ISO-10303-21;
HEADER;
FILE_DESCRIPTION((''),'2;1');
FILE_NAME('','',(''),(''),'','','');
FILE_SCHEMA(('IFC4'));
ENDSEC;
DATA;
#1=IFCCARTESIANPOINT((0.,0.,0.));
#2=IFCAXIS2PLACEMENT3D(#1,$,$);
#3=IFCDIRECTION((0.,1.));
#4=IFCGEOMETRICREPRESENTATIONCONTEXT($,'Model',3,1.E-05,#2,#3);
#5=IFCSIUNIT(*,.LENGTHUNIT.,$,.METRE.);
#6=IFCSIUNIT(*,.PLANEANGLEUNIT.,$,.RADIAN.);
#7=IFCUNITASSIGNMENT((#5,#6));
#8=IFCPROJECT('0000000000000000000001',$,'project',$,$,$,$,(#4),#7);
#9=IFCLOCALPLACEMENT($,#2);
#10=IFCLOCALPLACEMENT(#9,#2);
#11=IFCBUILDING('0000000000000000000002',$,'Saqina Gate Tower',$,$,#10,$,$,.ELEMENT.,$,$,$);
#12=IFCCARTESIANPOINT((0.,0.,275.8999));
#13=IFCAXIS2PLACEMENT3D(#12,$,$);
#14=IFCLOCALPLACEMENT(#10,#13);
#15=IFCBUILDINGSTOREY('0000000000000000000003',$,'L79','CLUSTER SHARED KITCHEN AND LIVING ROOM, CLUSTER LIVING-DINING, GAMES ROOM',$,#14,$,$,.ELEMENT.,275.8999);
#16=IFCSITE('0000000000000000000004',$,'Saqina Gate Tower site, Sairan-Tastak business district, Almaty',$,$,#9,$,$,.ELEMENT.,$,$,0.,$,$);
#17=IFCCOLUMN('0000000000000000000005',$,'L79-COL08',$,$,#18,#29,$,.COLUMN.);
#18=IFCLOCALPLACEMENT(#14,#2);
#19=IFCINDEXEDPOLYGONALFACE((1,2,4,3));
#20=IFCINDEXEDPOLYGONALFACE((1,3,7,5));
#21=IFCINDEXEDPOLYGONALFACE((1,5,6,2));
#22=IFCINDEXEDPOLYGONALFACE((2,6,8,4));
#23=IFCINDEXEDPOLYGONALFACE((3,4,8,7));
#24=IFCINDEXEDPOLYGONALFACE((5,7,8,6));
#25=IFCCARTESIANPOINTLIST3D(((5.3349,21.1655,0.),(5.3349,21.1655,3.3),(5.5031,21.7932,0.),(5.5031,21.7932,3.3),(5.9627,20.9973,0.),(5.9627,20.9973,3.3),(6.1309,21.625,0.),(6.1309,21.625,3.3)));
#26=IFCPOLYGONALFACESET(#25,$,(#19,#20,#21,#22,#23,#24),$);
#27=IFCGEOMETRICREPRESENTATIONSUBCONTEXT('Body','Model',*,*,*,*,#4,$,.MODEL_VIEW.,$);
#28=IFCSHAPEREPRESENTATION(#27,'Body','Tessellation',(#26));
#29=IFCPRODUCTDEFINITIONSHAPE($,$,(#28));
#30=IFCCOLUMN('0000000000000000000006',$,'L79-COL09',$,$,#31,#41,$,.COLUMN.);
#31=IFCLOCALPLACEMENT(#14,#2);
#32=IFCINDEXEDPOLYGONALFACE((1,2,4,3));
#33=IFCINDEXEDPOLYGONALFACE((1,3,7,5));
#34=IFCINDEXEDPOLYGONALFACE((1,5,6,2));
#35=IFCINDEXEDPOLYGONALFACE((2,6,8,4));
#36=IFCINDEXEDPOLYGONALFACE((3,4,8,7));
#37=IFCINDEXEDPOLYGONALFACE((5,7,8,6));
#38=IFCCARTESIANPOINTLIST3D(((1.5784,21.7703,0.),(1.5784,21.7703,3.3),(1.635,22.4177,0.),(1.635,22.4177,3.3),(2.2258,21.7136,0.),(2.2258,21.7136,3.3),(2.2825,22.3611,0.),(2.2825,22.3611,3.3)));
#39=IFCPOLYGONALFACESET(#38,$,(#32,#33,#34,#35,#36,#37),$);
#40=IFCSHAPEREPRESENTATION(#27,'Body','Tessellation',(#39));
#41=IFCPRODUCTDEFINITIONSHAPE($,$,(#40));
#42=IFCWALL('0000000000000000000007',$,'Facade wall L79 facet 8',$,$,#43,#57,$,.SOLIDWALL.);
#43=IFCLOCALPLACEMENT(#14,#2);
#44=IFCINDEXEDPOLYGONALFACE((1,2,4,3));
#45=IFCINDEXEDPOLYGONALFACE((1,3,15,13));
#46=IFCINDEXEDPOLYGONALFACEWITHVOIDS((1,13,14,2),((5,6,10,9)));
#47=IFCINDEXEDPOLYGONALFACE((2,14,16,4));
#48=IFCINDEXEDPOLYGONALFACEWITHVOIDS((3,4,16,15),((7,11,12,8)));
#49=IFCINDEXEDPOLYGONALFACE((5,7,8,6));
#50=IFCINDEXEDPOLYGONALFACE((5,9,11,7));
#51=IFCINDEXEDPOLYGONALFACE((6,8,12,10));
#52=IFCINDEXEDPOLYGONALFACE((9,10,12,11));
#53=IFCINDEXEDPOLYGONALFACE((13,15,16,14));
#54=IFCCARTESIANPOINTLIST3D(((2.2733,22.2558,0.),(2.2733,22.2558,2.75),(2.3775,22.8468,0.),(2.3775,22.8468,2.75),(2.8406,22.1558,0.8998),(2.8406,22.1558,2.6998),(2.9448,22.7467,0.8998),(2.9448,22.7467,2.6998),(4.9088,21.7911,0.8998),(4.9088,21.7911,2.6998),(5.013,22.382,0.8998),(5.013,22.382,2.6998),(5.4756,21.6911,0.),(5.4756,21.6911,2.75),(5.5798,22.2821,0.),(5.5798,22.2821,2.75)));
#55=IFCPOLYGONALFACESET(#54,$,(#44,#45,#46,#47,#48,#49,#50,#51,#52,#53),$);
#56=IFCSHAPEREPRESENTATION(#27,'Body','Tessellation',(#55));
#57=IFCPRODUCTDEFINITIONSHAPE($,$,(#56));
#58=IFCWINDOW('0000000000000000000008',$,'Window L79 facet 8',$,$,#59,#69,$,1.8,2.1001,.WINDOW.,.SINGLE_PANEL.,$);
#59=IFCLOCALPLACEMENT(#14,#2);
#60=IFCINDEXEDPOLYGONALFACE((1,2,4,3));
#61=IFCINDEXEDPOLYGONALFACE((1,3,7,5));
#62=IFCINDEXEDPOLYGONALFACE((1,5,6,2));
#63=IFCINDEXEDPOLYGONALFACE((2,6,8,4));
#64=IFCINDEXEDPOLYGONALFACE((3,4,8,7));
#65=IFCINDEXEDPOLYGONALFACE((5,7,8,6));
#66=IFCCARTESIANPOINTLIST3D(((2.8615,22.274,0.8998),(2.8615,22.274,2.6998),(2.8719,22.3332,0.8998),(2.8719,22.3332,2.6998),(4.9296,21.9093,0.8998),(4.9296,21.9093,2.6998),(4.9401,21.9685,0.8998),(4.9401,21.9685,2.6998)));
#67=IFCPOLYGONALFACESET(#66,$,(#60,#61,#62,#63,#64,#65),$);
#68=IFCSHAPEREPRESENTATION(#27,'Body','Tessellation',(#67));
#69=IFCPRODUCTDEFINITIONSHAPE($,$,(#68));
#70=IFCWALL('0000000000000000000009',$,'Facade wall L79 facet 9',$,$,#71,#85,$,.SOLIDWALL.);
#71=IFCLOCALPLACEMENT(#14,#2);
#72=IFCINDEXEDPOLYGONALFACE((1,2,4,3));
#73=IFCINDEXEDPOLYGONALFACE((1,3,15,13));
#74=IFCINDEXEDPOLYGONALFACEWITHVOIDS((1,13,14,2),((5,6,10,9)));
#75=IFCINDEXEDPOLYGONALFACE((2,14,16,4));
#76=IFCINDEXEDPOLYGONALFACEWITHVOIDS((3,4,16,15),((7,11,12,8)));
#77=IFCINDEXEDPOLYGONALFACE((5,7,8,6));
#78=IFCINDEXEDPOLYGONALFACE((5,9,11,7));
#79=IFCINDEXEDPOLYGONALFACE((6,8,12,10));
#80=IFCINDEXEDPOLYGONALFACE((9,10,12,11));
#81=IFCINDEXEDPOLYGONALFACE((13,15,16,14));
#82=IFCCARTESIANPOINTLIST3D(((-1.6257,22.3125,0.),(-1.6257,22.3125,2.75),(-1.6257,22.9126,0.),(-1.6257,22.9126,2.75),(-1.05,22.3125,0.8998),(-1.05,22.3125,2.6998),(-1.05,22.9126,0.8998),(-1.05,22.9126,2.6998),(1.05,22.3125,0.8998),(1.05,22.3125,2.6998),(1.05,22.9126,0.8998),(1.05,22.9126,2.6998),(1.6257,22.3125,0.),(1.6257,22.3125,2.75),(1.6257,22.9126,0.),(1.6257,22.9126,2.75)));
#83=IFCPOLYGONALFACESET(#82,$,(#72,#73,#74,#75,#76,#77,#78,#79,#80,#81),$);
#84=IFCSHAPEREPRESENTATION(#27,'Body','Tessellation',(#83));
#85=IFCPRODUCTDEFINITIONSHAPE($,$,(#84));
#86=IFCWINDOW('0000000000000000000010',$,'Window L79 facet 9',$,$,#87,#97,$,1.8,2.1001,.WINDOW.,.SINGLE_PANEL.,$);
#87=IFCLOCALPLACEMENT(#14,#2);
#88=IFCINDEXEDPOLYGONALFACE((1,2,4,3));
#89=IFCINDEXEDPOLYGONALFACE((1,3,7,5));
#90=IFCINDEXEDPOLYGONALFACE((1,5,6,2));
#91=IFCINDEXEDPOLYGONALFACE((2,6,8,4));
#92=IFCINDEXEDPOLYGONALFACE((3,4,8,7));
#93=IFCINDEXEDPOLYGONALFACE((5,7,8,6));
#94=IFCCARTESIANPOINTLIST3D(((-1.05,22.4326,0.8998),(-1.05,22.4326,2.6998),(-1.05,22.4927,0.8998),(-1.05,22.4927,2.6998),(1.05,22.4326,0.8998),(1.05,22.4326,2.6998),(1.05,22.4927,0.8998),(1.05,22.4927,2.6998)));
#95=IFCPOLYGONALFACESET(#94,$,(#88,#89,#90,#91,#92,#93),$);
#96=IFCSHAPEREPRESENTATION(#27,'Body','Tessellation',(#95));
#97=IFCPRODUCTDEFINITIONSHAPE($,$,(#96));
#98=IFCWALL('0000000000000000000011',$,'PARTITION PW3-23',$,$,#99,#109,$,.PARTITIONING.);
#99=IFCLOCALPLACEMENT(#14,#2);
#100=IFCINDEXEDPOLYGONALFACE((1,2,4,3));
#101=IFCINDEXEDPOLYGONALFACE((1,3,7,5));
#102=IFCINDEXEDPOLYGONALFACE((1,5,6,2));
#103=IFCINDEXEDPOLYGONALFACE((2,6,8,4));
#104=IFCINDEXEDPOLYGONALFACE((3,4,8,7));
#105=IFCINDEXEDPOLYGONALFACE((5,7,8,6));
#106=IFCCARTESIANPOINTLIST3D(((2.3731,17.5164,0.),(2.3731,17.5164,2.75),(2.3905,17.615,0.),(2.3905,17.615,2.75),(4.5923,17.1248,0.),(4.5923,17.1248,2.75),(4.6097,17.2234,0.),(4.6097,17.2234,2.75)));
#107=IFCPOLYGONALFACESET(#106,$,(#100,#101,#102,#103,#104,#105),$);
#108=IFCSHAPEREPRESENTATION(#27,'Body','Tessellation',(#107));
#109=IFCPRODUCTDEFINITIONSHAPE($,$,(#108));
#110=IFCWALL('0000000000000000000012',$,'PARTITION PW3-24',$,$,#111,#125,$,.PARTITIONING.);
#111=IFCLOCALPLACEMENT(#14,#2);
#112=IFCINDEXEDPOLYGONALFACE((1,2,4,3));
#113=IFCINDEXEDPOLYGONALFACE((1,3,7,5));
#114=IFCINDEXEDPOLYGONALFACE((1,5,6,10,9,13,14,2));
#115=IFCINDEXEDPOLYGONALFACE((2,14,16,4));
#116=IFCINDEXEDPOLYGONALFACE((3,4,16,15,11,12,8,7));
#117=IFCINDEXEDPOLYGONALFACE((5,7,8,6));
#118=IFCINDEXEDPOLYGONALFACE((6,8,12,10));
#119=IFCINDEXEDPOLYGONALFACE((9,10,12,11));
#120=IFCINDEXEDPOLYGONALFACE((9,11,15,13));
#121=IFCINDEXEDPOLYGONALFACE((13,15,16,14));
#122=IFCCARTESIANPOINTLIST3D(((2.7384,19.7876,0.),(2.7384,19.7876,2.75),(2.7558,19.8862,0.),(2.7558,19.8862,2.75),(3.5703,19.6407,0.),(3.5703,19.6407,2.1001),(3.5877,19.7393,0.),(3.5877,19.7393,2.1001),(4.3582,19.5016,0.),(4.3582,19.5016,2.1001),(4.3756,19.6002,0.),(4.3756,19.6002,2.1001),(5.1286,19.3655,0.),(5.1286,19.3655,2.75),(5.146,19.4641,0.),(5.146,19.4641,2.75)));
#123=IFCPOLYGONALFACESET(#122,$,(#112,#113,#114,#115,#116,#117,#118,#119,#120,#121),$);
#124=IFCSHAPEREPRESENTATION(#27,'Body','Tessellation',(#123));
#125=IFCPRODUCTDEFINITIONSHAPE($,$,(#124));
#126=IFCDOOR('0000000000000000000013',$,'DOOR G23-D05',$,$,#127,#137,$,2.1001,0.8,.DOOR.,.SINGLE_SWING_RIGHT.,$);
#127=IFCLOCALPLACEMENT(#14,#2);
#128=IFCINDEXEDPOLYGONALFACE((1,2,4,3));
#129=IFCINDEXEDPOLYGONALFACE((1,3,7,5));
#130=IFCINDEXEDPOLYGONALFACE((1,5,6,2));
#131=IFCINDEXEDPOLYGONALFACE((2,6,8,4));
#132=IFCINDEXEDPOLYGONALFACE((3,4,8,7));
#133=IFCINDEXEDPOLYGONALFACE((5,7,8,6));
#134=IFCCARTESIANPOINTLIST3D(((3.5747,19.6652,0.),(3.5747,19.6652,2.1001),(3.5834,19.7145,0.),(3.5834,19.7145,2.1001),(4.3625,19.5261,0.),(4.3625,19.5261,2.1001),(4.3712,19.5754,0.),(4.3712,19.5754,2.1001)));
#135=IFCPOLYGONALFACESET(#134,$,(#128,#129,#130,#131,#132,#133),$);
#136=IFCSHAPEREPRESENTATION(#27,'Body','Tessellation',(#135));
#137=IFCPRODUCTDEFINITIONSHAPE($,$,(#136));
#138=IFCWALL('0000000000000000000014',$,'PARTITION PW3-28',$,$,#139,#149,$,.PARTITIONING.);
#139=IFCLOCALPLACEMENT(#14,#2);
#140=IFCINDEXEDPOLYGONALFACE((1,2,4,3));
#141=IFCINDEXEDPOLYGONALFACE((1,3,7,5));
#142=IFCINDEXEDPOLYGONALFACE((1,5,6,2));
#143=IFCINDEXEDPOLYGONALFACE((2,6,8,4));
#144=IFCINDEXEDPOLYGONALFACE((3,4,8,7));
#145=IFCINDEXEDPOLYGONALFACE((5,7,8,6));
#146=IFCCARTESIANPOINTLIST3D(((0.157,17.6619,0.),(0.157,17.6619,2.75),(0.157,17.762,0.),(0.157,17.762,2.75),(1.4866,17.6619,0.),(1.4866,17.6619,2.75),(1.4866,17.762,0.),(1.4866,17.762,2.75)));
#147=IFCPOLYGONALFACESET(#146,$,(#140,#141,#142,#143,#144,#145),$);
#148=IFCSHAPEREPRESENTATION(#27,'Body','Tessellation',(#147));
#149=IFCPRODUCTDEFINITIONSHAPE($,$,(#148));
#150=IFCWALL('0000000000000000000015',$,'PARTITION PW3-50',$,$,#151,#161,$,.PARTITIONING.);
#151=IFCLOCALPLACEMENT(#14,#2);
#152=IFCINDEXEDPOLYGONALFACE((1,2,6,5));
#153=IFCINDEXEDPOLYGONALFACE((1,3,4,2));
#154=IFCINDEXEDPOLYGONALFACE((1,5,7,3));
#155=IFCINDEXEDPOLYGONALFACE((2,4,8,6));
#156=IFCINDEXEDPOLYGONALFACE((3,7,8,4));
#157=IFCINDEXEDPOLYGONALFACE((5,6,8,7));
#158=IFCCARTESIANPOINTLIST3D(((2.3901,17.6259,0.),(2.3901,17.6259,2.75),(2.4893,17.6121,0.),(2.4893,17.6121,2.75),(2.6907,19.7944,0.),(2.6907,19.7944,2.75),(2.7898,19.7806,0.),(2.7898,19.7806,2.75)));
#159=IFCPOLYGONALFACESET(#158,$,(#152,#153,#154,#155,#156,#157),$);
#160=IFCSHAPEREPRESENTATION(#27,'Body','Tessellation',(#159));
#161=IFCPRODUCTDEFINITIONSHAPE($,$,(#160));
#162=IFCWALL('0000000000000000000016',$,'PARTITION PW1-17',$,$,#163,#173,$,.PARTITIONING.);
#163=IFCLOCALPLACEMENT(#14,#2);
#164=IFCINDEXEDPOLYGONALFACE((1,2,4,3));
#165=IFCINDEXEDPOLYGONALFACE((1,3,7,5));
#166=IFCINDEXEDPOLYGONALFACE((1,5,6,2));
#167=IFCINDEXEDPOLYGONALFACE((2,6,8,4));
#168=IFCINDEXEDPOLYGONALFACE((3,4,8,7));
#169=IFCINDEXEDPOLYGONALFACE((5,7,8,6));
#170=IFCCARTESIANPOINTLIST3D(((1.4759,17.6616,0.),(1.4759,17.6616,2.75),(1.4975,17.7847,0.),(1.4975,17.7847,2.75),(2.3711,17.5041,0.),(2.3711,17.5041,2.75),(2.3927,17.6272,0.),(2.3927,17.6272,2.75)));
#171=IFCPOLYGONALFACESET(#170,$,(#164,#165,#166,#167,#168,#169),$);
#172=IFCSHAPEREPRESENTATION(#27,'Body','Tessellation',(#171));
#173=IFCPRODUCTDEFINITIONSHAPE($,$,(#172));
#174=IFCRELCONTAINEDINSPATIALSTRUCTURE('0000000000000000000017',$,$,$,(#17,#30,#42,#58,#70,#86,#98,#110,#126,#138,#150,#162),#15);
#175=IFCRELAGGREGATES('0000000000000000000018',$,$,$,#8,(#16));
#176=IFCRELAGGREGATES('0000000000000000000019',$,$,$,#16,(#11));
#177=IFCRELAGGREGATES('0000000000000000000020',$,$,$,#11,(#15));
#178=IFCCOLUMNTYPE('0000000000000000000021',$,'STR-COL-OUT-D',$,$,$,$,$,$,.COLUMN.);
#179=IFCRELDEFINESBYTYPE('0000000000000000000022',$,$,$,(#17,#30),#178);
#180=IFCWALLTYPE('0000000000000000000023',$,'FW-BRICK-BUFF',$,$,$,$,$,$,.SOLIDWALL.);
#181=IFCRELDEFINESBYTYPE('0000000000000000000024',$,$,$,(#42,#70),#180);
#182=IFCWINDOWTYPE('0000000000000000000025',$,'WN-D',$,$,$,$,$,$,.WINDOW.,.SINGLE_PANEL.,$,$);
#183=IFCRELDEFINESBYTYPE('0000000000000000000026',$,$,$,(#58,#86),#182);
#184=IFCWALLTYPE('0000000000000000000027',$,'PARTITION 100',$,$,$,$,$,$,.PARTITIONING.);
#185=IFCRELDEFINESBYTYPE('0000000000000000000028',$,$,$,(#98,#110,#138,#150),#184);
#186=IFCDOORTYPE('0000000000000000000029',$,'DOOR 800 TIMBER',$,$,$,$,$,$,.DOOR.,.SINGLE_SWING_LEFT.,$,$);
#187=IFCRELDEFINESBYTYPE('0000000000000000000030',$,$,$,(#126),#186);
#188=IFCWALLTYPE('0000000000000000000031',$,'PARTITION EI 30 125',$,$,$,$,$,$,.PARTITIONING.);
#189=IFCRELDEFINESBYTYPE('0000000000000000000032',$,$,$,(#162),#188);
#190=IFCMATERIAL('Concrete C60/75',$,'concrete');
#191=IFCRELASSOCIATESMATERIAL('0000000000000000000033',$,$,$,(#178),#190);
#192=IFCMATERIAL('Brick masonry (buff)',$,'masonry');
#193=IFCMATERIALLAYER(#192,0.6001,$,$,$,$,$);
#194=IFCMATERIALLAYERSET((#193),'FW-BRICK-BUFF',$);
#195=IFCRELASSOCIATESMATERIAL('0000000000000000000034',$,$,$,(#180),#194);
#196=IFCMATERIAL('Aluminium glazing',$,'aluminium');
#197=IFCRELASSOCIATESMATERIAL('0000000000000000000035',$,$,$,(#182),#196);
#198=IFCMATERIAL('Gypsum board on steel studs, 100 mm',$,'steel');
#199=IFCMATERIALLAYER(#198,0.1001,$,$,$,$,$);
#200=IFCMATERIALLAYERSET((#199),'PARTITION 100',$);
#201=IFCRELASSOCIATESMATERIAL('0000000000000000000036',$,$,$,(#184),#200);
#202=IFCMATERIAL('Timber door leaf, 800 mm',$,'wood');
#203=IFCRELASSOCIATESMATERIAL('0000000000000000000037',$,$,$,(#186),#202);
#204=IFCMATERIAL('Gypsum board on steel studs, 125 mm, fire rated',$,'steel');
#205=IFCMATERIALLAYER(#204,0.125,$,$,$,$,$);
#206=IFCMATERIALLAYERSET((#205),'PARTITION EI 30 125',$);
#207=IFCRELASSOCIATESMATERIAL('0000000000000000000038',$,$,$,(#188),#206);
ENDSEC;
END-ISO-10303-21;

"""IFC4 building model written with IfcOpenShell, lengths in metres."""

from ifc_helpers import new_model, si_unit, direction, frame, frame_2d, origin, origin_2d, place, context, subcontext, project, spatial, rectangle, extrude, material, layer, layer_set, material_profile, profile_set, type_object, element, fill, save


model = new_model("IFC4")

# Units and contexts
model_context = context("Model", 3, precision=1e-05, world=origin(), true_north=direction((0.0, 1.0)))
body_context = subcontext(model_context, "Body", "Model", "MODEL_VIEW")
ifc_project = project(units=[si_unit("LENGTHUNIT", "METRE"), si_unit("PLANEANGLEUNIT", "RADIAN")], contexts=[model_context])

# Site, building, storey
site_placement = place(None, origin())
site = spatial("IfcSite", under=ifc_project, at=site_placement, Name="Saqina Gate Tower site, Sairan-Tastak business district, Almaty", CompositionType="ELEMENT", RefElevation=0.0)
building_placement = place(site_placement, origin())
building = spatial("IfcBuilding", under=site, at=building_placement, Name="Saqina Gate Tower", CompositionType="ELEMENT")
storey_placement = place(building_placement, frame((0.0, 0.0, 275.8999)))
storey = spatial("IfcBuildingStorey", under=building, at=storey_placement, Name="L79", Description="CLUSTER SHARED KITCHEN AND LIVING ROOM, CLUSTER LIVING-DINING, GAMES ROOM", CompositionType="ELEMENT", Elevation=275.8999)

# Columns
ifc_material_1 = material(Name="Concrete C60/75", Category="concrete")
ifc_material_profile = material_profile(ifc_material_1, rectangle(XDim=0.6499, YDim=0.6499, at=origin_2d()), Name="RC 650x650")
ifc_profile_set = profile_set([ifc_material_profile], Name="Concrete C60/75")
column_type = type_object("IfcColumnType", Name="STR-COL-OUT-D", PredefinedType="COLUMN", material=ifc_profile_set)
for number, where, z_axis, x_axis, name in (
    (1, (5.7329, 21.3953, 0.0), (0.0, 0.0, 1.0), (0.258819, 0.965926, 0.0), "L79-COL08"),
    (2, (1.9304, 22.0657, 0.0), (0.0, 0.0, 1.0), (0.087156, 0.996195, 0.0), "L79-COL09"),
):
    element("IfcColumn", number, at=place(storey_placement, frame(where, z_axis=z_axis, x_axis=x_axis)), inside=storey, type_object=column_type, Name=name, PredefinedType="COLUMN", context=body_context, shape_type="SweptSolid", body=[
        extrude(rectangle(XDim=0.6499, YDim=0.6499, at=origin_2d()), origin(), (0.0, 0.0, 1.0), 3.3),
    ])

# Walls, openings, windows
ifc_material_2 = material(Name="Brick masonry (buff)", Category="masonry")
ifc_layer_1 = layer(ifc_material_2, 0.6001)
ifc_layer_set_1 = layer_set([ifc_layer_1], Name="FW-BRICK-BUFF")
wall_type_1 = type_object("IfcWallType", Name="FW-BRICK-BUFF", PredefinedType="SOLIDWALL", material=ifc_layer_set_1)
wall_1_placement = place(storey_placement, frame((5.5278, 21.9866, 0.0), z_axis=(0.0, 0.0, 1.0), x_axis=(-0.984806, 0.173657, 0.0)))
wall_1 = element("IfcWall", 3, at=wall_1_placement, inside=storey, type_object=wall_type_1, Name="Facade wall L79 facet 8", PredefinedType="SOLIDWALL", context=body_context, shape_type="SweptSolid", body=[
    extrude(rectangle(XDim=3.2517, YDim=0.6001, at=frame_2d((1.626, 0.0))), origin(), (0.0, 0.0, 1.0), 2.75),
])
opening_1_placement = place(wall_1_placement, frame((0.5757, 0.0, 0.8999)))
opening_1 = element("IfcOpeningElement", 4, at=opening_1_placement, cuts=wall_1, PredefinedType="OPENING", context=body_context, shape_type="SweptSolid", body=[
    extrude(rectangle(XDim=2.1001, YDim=1.8, at=frame_2d((1.05, 0.8999))), frame((0.0, 0.312, 0.0), z_axis=(0.0, -1.0, 0.0), x_axis=(1.0, 0.0, 0.0)), (0.0, 0.0, 1.0), 0.624),
])
ifc_material_3 = material(Name="Aluminium glazing", Category="aluminium")
window_type = type_object("IfcWindowType", Name="WN-D", PartitioningType="SINGLE_PANEL", PredefinedType="WINDOW", material=ifc_material_3)
window_1_placement = place(opening_1_placement, origin())
window_1 = element("IfcWindow", 5, at=window_1_placement, inside=storey, type_object=window_type, Name="Window L79 facet 8", OverallHeight=1.8, OverallWidth=2.1001, PartitioningType="SINGLE_PANEL", PredefinedType="WINDOW", context=body_context, shape_type="SweptSolid", body=[
    extrude(rectangle(XDim=2.1001, YDim=1.8, at=frame_2d((1.05, 0.8999))), frame((0.0, 0.1799, 0.0), z_axis=(0.0, -1.0, 0.0), x_axis=(1.0, 0.0, 0.0)), (0.0, 0.0, 1.0), 0.0601),
])
fill(opening_1, window_1)
wall_2_placement = place(storey_placement, frame((1.6257, 22.6125, 0.0), z_axis=(0.0, 0.0, 1.0), x_axis=(-1.0, 0.0, 0.0)))
wall_2 = element("IfcWall", 6, at=wall_2_placement, inside=storey, type_object=wall_type_1, Name="Facade wall L79 facet 9", PredefinedType="SOLIDWALL", context=body_context, shape_type="SweptSolid", body=[
    extrude(rectangle(XDim=3.2515, YDim=0.6001, at=frame_2d((1.6257, 0.0))), origin(), (0.0, 0.0, 1.0), 2.75),
])
opening_2_placement = place(wall_2_placement, frame((0.5757, 0.0, 0.8999)))
opening_2 = element("IfcOpeningElement", 7, at=opening_2_placement, cuts=wall_2, PredefinedType="OPENING", context=body_context, shape_type="SweptSolid", body=[
    extrude(rectangle(XDim=2.1001, YDim=1.8, at=frame_2d((1.05, 0.8999))), frame((0.0, 0.312, 0.0), z_axis=(0.0, -1.0, 0.0), x_axis=(1.0, 0.0, 0.0)), (0.0, 0.0, 1.0), 0.624),
])
window_2_placement = place(opening_2_placement, origin())
window_2 = element("IfcWindow", 8, at=window_2_placement, inside=storey, type_object=window_type, Name="Window L79 facet 9", OverallHeight=1.8, OverallWidth=2.1001, PartitioningType="SINGLE_PANEL", PredefinedType="WINDOW", context=body_context, shape_type="SweptSolid", body=[
    extrude(rectangle(XDim=2.1001, YDim=1.8, at=frame_2d((1.05, 0.8999))), frame((0.0, 0.1799, 0.0), z_axis=(0.0, -1.0, 0.0), x_axis=(1.0, 0.0, 0.0)), (0.0, 0.0, 1.0), 0.0601),
])
fill(opening_2, window_2)

# Wall
ifc_material_4 = material(Name="Gypsum board on steel studs, 100 mm", Category="steel")
ifc_layer_2 = layer(ifc_material_4, 0.1001)
ifc_layer_set_2 = layer_set([ifc_layer_2], Name="PARTITION 100")
wall_type_2 = type_object("IfcWallType", Name="PARTITION 100", PredefinedType="PARTITIONING", material=ifc_layer_set_2)
wall_3_placement = place(storey_placement, frame((2.3818, 17.5657, 0.0), z_axis=(0.0, 0.0, 1.0), x_axis=(0.984786, -0.173773, 0.0)))
element("IfcWall", 9, at=wall_3_placement, inside=storey, type_object=wall_type_2, Name="PARTITION PW3-23", PredefinedType="PARTITIONING", context=body_context, shape_type="SweptSolid", body=[
    extrude(rectangle(XDim=2.2534, YDim=0.1001, at=frame_2d((1.1267, 0.0))), origin(), (0.0, 0.0, 1.0), 2.75),
])

# Wall, opening, door
wall_4_placement = place(storey_placement, frame((2.7471, 19.8369, 0.0), z_axis=(0.0, 0.0, 1.0), x_axis=(0.984763, -0.1739, 0.0)))
wall_4 = element("IfcWall", 10, at=wall_4_placement, inside=storey, type_object=wall_type_2, Name="PARTITION PW3-24", PredefinedType="PARTITIONING", context=body_context, shape_type="SweptSolid", body=[
    extrude(rectangle(XDim=2.4272, YDim=0.1001, at=frame_2d((1.2136, 0.0))), origin(), (0.0, 0.0, 1.0), 2.75),
])
opening_3_placement = place(wall_4_placement, frame((0.845, 0.0, 0.0)))
opening_3 = element("IfcOpeningElement", 11, at=opening_3_placement, cuts=wall_4, PredefinedType="OPENING", context=body_context, shape_type="SweptSolid", body=[
    extrude(rectangle(XDim=0.8, YDim=2.1001, at=frame_2d((0.3999, 1.05))), frame((0.0, 0.062, 0.0), z_axis=(0.0, -1.0, 0.0), x_axis=(1.0, 0.0, 0.0)), (0.0, 0.0, 1.0), 0.124),
])
ifc_material_5 = material(Name="Timber door leaf, 800 mm", Category="wood")
door_type_1 = type_object("IfcDoorType", Name="DOOR 800 TIMBER", OperationType="SINGLE_SWING_LEFT", PredefinedType="DOOR", material=ifc_material_5)
door_1_placement = place(opening_3_placement, origin())
door_1 = element("IfcDoor", 12, at=door_1_placement, inside=storey, type_object=door_type_1, Name="DOOR G23-D05", OperationType="SINGLE_SWING_RIGHT", OverallHeight=2.1001, OverallWidth=0.8, PredefinedType="DOOR", context=body_context, shape_type="SweptSolid", body=[
    extrude(rectangle(XDim=0.8, YDim=2.1001, at=frame_2d((0.3999, 1.05))), frame((0.0, 0.0249, 0.0), z_axis=(0.0, -1.0, 0.0), x_axis=(1.0, 0.0, 0.0)), (0.0, 0.0, 1.0), 0.05),
])
fill(opening_3, door_1)

# Walls
wall_5_placement = place(storey_placement, frame((0.157, 17.7119, 0.0), z_axis=(0.0, 0.0, 1.0), x_axis=(1.0, 0.0, 0.0)))
element("IfcWall", 13, at=wall_5_placement, inside=storey, type_object=wall_type_2, Name="PARTITION PW3-28", PredefinedType="PARTITIONING", context=body_context, shape_type="SweptSolid", body=[
    extrude(rectangle(XDim=1.3296, YDim=0.1001, at=frame_2d((0.6648, 0.0))), origin(), (0.0, 0.0, 1.0), 2.75),
])
wall_6_placement = place(storey_placement, frame((2.4397, 17.6189, 0.0), z_axis=(0.0, 0.0, 1.0), x_axis=(0.137283, 0.990532, 0.0)))
element("IfcWall", 14, at=wall_6_placement, inside=storey, type_object=wall_type_2, Name="PARTITION PW3-50", PredefinedType="PARTITIONING", context=body_context, shape_type="SweptSolid", body=[
    extrude(rectangle(XDim=2.1892, YDim=0.1001, at=frame_2d((1.0947, 0.0))), origin(), (0.0, 0.0, 1.0), 2.75),
])
ifc_material_6 = material(Name="Gypsum board on steel studs, 125 mm, fire rated", Category="steel")
ifc_layer_3 = layer(ifc_material_6, 0.125)
ifc_layer_set_3 = layer_set([ifc_layer_3], Name="PARTITION EI 30 125")
wall_type_3 = type_object("IfcWallType", Name="PARTITION EI 30 125", PredefinedType="PARTITIONING", material=ifc_layer_set_3)
wall_7_placement = place(storey_placement, frame((1.4866, 17.7231, 0.0), z_axis=(0.0, 0.0, 1.0), x_axis=(0.984881, -0.173234, 0.0)))
element("IfcWall", 15, at=wall_7_placement, inside=storey, type_object=wall_type_3, Name="PARTITION PW1-17", PredefinedType="PARTITIONING", context=body_context, shape_type="SweptSolid", body=[
    extrude(rectangle(XDim=0.9089, YDim=0.125, at=frame_2d((0.4546, 0.0))), origin(), (0.0, 0.0, 1.0), 2.75),
])

save(model, "model.ifc")
